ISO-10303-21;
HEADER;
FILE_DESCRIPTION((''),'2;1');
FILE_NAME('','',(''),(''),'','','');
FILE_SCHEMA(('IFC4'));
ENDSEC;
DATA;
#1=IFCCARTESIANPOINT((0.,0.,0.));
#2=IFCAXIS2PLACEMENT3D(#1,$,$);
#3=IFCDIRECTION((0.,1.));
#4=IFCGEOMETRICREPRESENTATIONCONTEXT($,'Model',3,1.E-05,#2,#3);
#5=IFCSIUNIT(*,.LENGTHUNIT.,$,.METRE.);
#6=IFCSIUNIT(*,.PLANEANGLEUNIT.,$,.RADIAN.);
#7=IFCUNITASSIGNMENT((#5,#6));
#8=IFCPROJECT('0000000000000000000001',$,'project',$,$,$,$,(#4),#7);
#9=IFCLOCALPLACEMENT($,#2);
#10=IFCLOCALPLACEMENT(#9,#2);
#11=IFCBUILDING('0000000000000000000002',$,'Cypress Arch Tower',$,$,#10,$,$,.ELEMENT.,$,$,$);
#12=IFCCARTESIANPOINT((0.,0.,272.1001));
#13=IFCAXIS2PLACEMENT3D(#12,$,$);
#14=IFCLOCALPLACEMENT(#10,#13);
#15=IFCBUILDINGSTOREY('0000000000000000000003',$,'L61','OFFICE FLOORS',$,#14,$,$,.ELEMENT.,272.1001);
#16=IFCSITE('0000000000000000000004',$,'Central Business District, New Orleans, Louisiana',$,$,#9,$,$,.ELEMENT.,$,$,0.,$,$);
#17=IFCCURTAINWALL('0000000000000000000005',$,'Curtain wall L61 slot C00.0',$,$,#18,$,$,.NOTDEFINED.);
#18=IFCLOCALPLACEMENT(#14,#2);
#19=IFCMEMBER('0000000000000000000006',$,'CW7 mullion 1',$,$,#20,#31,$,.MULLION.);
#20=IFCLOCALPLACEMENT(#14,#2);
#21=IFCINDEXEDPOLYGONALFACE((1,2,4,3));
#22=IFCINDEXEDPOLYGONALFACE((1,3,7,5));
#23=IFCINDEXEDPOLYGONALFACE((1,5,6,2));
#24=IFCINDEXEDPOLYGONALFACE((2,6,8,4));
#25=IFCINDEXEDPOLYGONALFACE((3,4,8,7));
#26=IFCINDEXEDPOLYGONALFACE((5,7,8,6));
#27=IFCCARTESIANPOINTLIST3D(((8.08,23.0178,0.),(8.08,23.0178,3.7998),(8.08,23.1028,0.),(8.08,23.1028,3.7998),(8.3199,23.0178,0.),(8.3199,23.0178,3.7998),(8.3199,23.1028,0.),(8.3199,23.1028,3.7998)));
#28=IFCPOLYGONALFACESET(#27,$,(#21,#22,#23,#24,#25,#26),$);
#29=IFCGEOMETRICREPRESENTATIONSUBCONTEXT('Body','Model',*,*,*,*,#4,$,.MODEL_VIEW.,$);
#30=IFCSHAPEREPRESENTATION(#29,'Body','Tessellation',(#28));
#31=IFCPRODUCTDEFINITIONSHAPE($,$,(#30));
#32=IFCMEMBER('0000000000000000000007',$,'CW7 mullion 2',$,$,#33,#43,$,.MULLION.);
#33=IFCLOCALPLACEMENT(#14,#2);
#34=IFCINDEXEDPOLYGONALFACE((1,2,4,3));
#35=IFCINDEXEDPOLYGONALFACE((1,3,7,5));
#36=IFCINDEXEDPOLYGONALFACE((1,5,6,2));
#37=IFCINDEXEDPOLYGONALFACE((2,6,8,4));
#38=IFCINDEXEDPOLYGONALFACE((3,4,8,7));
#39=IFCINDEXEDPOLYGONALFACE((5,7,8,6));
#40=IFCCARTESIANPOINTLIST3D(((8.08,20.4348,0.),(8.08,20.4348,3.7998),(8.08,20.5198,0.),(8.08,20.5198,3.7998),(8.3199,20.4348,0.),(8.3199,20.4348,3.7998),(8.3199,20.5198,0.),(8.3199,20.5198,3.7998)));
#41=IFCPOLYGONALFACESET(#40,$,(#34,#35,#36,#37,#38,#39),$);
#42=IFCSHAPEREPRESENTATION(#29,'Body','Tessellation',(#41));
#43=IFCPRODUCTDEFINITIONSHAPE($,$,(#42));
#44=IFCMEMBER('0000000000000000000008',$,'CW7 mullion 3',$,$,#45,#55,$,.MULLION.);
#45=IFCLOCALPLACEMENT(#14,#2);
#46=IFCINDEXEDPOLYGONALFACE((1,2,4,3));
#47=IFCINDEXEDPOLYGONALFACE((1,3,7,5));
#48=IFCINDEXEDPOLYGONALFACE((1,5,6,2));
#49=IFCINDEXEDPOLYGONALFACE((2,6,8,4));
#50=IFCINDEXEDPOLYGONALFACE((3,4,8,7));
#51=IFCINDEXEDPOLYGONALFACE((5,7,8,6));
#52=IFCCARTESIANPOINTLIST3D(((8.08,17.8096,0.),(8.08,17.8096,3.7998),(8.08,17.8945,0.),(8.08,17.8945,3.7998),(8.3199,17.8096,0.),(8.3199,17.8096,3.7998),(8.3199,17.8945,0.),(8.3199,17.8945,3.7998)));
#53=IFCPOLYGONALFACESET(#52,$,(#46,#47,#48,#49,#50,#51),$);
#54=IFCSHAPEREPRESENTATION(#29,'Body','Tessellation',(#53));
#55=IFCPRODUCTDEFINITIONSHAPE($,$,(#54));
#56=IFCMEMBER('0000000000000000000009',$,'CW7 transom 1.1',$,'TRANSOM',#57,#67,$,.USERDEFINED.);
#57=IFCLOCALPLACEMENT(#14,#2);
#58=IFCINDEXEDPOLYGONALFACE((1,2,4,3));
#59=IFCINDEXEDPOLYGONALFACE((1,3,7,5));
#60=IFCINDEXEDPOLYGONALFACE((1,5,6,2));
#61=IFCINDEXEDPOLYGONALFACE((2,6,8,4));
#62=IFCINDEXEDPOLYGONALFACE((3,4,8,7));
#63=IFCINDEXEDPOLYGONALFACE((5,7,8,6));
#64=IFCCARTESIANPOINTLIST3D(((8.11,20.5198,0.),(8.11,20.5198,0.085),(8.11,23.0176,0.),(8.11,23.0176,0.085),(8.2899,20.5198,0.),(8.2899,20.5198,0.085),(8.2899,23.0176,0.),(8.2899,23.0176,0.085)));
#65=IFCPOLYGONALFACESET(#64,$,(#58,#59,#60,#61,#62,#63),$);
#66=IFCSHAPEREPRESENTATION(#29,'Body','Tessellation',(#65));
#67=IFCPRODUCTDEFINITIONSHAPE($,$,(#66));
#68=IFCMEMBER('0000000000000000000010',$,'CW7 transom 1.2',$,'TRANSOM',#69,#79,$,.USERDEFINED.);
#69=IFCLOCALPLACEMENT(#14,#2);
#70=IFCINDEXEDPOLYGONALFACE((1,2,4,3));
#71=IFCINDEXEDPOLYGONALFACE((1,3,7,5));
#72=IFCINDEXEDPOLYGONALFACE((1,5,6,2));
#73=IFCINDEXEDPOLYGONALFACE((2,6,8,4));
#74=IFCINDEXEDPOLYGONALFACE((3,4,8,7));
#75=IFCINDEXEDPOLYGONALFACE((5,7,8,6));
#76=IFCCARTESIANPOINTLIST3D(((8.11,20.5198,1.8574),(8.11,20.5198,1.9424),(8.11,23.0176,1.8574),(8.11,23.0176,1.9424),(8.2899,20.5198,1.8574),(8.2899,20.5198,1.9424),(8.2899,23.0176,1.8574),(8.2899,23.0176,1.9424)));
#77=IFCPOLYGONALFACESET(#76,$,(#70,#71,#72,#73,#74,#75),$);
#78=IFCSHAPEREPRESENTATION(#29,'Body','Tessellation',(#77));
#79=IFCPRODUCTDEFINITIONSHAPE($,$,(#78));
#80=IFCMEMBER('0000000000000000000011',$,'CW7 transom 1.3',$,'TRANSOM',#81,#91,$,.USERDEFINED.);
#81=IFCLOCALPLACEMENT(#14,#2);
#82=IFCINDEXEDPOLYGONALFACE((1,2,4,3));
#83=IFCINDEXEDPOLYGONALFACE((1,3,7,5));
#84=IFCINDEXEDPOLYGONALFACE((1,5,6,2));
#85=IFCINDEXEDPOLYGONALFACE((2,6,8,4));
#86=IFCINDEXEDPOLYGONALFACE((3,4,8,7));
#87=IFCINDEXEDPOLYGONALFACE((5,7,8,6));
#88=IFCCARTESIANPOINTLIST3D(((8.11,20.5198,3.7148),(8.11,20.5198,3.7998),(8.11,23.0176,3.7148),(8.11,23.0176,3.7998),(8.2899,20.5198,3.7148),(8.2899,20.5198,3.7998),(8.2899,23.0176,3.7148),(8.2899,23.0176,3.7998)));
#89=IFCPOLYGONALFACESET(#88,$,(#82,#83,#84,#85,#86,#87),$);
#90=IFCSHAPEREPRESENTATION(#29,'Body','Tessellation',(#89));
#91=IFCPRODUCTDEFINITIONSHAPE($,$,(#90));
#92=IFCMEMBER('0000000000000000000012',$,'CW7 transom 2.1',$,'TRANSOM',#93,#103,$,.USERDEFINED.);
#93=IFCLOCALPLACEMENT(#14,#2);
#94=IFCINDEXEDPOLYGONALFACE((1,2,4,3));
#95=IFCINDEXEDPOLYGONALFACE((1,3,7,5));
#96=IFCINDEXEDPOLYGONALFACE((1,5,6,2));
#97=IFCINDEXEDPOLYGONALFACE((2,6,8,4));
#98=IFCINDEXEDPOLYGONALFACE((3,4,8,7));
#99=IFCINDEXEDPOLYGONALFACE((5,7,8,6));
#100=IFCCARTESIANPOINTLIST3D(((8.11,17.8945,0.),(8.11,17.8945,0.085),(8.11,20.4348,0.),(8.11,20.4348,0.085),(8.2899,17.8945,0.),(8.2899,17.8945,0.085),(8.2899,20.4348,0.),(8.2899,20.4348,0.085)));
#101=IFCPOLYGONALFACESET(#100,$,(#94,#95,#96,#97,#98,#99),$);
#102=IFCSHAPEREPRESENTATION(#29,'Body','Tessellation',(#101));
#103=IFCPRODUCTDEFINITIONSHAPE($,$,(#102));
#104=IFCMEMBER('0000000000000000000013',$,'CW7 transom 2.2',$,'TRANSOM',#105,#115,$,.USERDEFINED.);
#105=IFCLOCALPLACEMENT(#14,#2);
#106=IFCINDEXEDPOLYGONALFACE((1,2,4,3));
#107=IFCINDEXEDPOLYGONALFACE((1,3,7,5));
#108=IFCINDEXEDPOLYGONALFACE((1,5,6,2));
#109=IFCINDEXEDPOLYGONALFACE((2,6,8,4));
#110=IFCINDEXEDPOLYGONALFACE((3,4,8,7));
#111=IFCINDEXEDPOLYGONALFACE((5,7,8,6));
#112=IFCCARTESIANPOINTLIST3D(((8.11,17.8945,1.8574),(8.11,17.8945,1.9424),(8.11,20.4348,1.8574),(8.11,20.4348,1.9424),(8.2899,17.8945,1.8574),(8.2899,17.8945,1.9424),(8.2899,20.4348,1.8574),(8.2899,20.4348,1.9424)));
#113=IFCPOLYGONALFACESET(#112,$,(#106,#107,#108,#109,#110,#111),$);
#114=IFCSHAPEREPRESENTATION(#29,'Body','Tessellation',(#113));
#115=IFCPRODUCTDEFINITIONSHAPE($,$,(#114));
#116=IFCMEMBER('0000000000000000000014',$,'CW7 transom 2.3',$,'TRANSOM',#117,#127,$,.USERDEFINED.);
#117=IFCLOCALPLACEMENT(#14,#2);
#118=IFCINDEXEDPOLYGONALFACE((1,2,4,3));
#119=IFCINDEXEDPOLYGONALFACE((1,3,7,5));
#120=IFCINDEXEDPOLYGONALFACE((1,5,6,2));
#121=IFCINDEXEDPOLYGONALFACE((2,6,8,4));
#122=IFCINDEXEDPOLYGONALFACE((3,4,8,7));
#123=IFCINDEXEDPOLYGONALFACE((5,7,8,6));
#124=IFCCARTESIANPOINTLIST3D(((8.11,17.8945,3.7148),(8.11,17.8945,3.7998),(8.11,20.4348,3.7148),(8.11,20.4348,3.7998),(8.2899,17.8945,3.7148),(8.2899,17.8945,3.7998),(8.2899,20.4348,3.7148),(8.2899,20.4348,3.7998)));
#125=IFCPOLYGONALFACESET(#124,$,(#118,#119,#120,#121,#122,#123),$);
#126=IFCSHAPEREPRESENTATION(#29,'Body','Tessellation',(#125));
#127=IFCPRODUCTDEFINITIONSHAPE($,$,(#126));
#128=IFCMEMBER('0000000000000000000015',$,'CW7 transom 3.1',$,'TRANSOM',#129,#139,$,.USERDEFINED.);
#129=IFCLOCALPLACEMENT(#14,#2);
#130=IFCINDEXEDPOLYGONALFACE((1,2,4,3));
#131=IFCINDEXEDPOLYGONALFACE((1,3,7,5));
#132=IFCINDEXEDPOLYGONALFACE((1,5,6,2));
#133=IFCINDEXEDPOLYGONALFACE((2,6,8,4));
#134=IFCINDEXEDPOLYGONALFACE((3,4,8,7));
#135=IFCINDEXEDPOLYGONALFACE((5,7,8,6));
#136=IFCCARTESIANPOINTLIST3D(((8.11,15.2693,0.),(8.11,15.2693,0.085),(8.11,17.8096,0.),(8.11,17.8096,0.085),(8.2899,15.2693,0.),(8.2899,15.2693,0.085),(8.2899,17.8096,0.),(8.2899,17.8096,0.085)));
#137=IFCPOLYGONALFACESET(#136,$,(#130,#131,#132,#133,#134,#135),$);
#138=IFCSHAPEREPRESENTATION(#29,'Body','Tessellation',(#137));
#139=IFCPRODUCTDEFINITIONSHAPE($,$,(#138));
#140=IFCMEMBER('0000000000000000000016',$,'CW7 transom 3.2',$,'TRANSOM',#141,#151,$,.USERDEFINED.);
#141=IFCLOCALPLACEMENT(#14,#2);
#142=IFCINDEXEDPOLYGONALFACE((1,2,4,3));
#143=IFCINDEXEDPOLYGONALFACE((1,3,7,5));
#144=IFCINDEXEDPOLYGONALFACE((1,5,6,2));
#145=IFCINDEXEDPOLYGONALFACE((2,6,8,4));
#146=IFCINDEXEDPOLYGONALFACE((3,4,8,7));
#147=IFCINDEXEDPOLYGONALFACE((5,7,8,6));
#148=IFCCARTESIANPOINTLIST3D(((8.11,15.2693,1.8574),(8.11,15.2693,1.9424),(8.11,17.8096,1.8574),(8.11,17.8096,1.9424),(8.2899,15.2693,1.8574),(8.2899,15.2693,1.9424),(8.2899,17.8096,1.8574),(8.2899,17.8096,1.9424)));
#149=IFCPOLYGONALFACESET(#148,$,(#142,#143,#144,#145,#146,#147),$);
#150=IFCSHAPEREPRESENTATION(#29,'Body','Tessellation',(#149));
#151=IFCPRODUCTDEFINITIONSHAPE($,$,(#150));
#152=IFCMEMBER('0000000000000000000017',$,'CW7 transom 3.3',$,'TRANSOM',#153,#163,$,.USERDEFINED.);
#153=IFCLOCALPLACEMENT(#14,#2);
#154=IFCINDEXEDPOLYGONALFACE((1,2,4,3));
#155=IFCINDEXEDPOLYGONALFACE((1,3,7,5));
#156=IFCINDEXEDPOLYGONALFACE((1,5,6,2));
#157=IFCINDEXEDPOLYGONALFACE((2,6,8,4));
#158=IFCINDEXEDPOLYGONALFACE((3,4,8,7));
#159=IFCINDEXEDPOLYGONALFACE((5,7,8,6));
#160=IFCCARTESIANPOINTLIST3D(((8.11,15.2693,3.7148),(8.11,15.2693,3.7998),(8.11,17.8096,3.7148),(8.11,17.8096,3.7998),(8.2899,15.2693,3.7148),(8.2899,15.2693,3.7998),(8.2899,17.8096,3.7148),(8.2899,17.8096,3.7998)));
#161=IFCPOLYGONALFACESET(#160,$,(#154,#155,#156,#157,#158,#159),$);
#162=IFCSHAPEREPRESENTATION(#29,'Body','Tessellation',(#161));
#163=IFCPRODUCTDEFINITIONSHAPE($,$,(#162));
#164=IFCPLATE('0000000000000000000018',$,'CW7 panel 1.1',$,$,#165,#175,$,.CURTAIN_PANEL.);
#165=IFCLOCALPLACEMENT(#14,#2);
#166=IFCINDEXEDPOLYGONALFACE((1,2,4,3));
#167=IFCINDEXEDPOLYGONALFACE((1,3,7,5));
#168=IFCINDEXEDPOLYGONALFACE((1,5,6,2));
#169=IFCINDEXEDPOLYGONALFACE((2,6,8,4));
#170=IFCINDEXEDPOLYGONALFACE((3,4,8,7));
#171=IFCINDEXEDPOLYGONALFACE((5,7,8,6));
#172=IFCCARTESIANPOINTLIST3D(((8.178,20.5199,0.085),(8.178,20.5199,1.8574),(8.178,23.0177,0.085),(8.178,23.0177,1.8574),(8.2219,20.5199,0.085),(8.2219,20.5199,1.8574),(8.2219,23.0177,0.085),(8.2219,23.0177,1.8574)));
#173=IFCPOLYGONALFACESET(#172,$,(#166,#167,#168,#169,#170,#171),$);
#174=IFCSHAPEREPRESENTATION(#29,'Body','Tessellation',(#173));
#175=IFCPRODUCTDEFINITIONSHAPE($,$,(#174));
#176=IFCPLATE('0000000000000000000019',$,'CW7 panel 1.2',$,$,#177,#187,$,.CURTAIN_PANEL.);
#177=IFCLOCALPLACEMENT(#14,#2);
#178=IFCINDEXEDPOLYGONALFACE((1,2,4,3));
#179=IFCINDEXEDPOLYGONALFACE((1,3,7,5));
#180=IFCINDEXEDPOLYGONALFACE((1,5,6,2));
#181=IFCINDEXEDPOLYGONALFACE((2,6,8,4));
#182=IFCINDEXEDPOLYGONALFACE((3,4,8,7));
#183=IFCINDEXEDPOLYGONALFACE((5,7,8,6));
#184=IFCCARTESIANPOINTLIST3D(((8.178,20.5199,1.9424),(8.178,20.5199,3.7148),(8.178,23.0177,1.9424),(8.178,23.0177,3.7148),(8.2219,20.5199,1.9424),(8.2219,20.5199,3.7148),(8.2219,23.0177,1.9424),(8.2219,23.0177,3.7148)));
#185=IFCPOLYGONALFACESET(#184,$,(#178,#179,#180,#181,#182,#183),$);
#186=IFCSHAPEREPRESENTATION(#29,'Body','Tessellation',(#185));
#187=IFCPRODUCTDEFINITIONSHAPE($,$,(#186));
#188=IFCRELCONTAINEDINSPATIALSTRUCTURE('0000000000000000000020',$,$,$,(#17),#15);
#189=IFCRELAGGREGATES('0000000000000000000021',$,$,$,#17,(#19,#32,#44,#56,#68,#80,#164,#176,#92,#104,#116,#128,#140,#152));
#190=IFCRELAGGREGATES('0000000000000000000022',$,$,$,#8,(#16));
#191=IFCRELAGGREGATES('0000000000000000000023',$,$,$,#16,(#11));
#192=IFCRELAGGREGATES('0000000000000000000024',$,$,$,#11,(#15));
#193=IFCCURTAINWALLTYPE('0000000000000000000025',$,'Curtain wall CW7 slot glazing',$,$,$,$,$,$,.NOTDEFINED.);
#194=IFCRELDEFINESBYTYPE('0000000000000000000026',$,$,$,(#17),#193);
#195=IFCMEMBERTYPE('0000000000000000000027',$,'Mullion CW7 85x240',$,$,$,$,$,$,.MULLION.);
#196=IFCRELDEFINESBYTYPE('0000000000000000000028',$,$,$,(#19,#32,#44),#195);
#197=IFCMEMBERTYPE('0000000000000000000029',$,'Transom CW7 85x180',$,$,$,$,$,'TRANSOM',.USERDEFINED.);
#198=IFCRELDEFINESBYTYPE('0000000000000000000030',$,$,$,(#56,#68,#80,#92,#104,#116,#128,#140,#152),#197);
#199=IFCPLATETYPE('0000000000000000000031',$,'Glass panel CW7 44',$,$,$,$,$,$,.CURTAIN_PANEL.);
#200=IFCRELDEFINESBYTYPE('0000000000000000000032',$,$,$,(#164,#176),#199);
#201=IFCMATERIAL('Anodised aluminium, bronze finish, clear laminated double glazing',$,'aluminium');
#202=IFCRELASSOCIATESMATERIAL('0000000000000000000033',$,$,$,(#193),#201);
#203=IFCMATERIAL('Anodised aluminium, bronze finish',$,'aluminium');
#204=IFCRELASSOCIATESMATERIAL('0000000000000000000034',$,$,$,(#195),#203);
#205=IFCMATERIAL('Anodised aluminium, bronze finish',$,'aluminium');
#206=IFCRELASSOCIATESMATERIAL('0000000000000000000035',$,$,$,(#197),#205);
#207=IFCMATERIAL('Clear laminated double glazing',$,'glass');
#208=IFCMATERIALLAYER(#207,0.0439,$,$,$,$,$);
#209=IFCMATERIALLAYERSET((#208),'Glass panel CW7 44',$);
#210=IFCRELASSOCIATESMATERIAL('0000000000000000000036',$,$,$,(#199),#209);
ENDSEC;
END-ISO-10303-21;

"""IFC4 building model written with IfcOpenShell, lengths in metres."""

from ifc_helpers import new_model, si_unit, direction, frame, origin, origin_2d, place, context, subcontext, project, spatial, rectangle, extrude, material, layer, layer_set, material_profile, profile_set, type_object, element, aggregate, save


model = new_model("IFC4")

# Units and contexts
model_context = context("Model", 3, precision=1e-05, world=origin(), true_north=direction((0.0, 1.0)))
body_context = subcontext(model_context, "Body", "Model", "MODEL_VIEW")
ifc_project = project(units=[si_unit("LENGTHUNIT", "METRE"), si_unit("PLANEANGLEUNIT", "RADIAN")], contexts=[model_context])

# Site, building, storey
site_placement = place(None, origin())
site = spatial("IfcSite", under=ifc_project, at=site_placement, Name="Central Business District, New Orleans, Louisiana", CompositionType="ELEMENT", RefElevation=0.0)
building_placement = place(site_placement, origin())
building = spatial("IfcBuilding", under=site, at=building_placement, Name="Cypress Arch Tower", CompositionType="ELEMENT")
storey_placement = place(building_placement, frame((0.0, 0.0, 272.1001)))
storey = spatial("IfcBuildingStorey", under=building, at=storey_placement, Name="L61", Description="OFFICE FLOORS", CompositionType="ELEMENT", Elevation=272.1001)

# Curtain wall, members, plates
ifc_material_1 = material(Name="Anodised aluminium, bronze finish, clear laminated double glazing", Category="aluminium")
curtain_wall_type = type_object("IfcCurtainWallType", Name="Curtain wall CW7 slot glazing", PredefinedType="NOTDEFINED", material=ifc_material_1)
curtain_wall_placement = place(storey_placement, origin())
curtain_wall = element("IfcCurtainWall", 1, at=curtain_wall_placement, inside=storey, type_object=curtain_wall_type, Name="Curtain wall L61 slot C00.0", PredefinedType="NOTDEFINED")
ifc_material_2 = material(Name="Anodised aluminium, bronze finish", Category="aluminium")
ifc_material_profile_1 = material_profile(ifc_material_2, rectangle(XDim=0.24, YDim=0.085, at=origin_2d()), Name="Mullion 85x240")
ifc_profile_set_1 = profile_set([ifc_material_profile_1], Name="Anodised aluminium, bronze finish")
member_type_1 = type_object("IfcMemberType", Name="Mullion CW7 85x240", PredefinedType="MULLION", material=ifc_profile_set_1)
member_1_placement = place(storey_placement, frame((8.2, 23.0603, 0.0), z_axis=(0.0, 0.0, 1.0), x_axis=(1.0, 0.0, 0.0)))
member_1 = element("IfcMember", 2, at=member_1_placement, type_object=member_type_1, Name="CW7 mullion 1", PredefinedType="MULLION", context=body_context, shape_type="SweptSolid", body=[
    extrude(rectangle(XDim=0.24, YDim=0.085, at=origin_2d()), origin(), (0.0, 0.0, 1.0), 3.7998),
])
member_2_placement = place(storey_placement, frame((8.2, 20.4773, 0.0), z_axis=(0.0, 0.0, 1.0), x_axis=(1.0, 0.0, 0.0)))
member_2 = element("IfcMember", 3, at=member_2_placement, type_object=member_type_1, Name="CW7 mullion 2", PredefinedType="MULLION", context=body_context, shape_type="SweptSolid", body=[
    extrude(rectangle(XDim=0.24, YDim=0.085, at=origin_2d()), origin(), (0.0, 0.0, 1.0), 3.7998),
])
member_3_placement = place(storey_placement, frame((8.2, 17.8521, 0.0), z_axis=(0.0, 0.0, 1.0), x_axis=(1.0, 0.0, 0.0)))
member_3 = element("IfcMember", 4, at=member_3_placement, type_object=member_type_1, Name="CW7 mullion 3", PredefinedType="MULLION", context=body_context, shape_type="SweptSolid", body=[
    extrude(rectangle(XDim=0.24, YDim=0.085, at=origin_2d()), origin(), (0.0, 0.0, 1.0), 3.7998),
])
ifc_material_3 = material(Name="Anodised aluminium, bronze finish", Category="aluminium")
ifc_material_profile_2 = material_profile(ifc_material_3, rectangle(XDim=0.1799, YDim=0.085, at=origin_2d()), Name="Transom 85x180")
ifc_profile_set_2 = profile_set([ifc_material_profile_2], Name="Anodised aluminium, bronze finish")
member_type_2 = type_object("IfcMemberType", Name="Transom CW7 85x180", ElementType="TRANSOM", PredefinedType="USERDEFINED", material=ifc_profile_set_2)
member_4_placement = place(storey_placement, frame((8.2, 23.0176, 0.0425), z_axis=(0.0, -1.0, 0.0), x_axis=(1.0, 0.0, 0.0)))
member_4 = element("IfcMember", 5, at=member_4_placement, type_object=member_type_2, Name="CW7 transom 1.1", ObjectType="TRANSOM", PredefinedType="USERDEFINED", context=body_context, shape_type="SweptSolid", body=[
    extrude(rectangle(XDim=0.1799, YDim=0.085, at=origin_2d()), origin(), (0.0, 0.0, 1.0), 2.4978),
])
member_5_placement = place(storey_placement, frame((8.2, 23.0176, 1.8999), z_axis=(0.0, -1.0, 0.0), x_axis=(1.0, 0.0, 0.0)))
member_5 = element("IfcMember", 6, at=member_5_placement, type_object=member_type_2, Name="CW7 transom 1.2", ObjectType="TRANSOM", PredefinedType="USERDEFINED", context=body_context, shape_type="SweptSolid", body=[
    extrude(rectangle(XDim=0.1799, YDim=0.085, at=origin_2d()), origin(), (0.0, 0.0, 1.0), 2.4978),
])
member_6_placement = place(storey_placement, frame((8.2, 23.0176, 3.7573), z_axis=(0.0, -1.0, 0.0), x_axis=(1.0, 0.0, 0.0)))
member_6 = element("IfcMember", 7, at=member_6_placement, type_object=member_type_2, Name="CW7 transom 1.3", ObjectType="TRANSOM", PredefinedType="USERDEFINED", context=body_context, shape_type="SweptSolid", body=[
    extrude(rectangle(XDim=0.1799, YDim=0.085, at=origin_2d()), origin(), (0.0, 0.0, 1.0), 2.4978),
])
member_7_placement = place(storey_placement, frame((8.2, 20.4348, 0.0425), z_axis=(0.0, -1.0, 0.0), x_axis=(1.0, 0.0, 0.0)))
member_7 = element("IfcMember", 8, at=member_7_placement, type_object=member_type_2, Name="CW7 transom 2.1", ObjectType="TRANSOM", PredefinedType="USERDEFINED", context=body_context, shape_type="SweptSolid", body=[
    extrude(rectangle(XDim=0.1799, YDim=0.085, at=origin_2d()), origin(), (0.0, 0.0, 1.0), 2.5403),
])
member_8_placement = place(storey_placement, frame((8.2, 20.4348, 1.8999), z_axis=(0.0, -1.0, 0.0), x_axis=(1.0, 0.0, 0.0)))
member_8 = element("IfcMember", 9, at=member_8_placement, type_object=member_type_2, Name="CW7 transom 2.2", ObjectType="TRANSOM", PredefinedType="USERDEFINED", context=body_context, shape_type="SweptSolid", body=[
    extrude(rectangle(XDim=0.1799, YDim=0.085, at=origin_2d()), origin(), (0.0, 0.0, 1.0), 2.5403),
])
member_9_placement = place(storey_placement, frame((8.2, 20.4348, 3.7573), z_axis=(0.0, -1.0, 0.0), x_axis=(1.0, 0.0, 0.0)))
member_9 = element("IfcMember", 10, at=member_9_placement, type_object=member_type_2, Name="CW7 transom 2.3", ObjectType="TRANSOM", PredefinedType="USERDEFINED", context=body_context, shape_type="SweptSolid", body=[
    extrude(rectangle(XDim=0.1799, YDim=0.085, at=origin_2d()), origin(), (0.0, 0.0, 1.0), 2.5403),
])
member_10_placement = place(storey_placement, frame((8.2, 17.8096, 0.0425), z_axis=(0.0, -1.0, 0.0), x_axis=(1.0, 0.0, 0.0)))
member_10 = element("IfcMember", 11, at=member_10_placement, type_object=member_type_2, Name="CW7 transom 3.1", ObjectType="TRANSOM", PredefinedType="USERDEFINED", context=body_context, shape_type="SweptSolid", body=[
    extrude(rectangle(XDim=0.1799, YDim=0.085, at=origin_2d()), origin(), (0.0, 0.0, 1.0), 2.5403),
])
member_11_placement = place(storey_placement, frame((8.2, 17.8096, 1.8999), z_axis=(0.0, -1.0, 0.0), x_axis=(1.0, 0.0, 0.0)))
member_11 = element("IfcMember", 12, at=member_11_placement, type_object=member_type_2, Name="CW7 transom 3.2", ObjectType="TRANSOM", PredefinedType="USERDEFINED", context=body_context, shape_type="SweptSolid", body=[
    extrude(rectangle(XDim=0.1799, YDim=0.085, at=origin_2d()), origin(), (0.0, 0.0, 1.0), 2.5403),
])
member_12_placement = place(storey_placement, frame((8.2, 17.8096, 3.7573), z_axis=(0.0, -1.0, 0.0), x_axis=(1.0, 0.0, 0.0)))
member_12 = element("IfcMember", 13, at=member_12_placement, type_object=member_type_2, Name="CW7 transom 3.3", ObjectType="TRANSOM", PredefinedType="USERDEFINED", context=body_context, shape_type="SweptSolid", body=[
    extrude(rectangle(XDim=0.1799, YDim=0.085, at=origin_2d()), origin(), (0.0, 0.0, 1.0), 2.5403),
])
ifc_material_4 = material(Name="Clear laminated double glazing", Category="glass")
ifc_layer = layer(ifc_material_4, 0.0439)
ifc_layer_set = layer_set([ifc_layer], Name="Glass panel CW7 44")
plate_type = type_object("IfcPlateType", Name="Glass panel CW7 44", PredefinedType="CURTAIN_PANEL", material=ifc_layer_set)
plate_1_placement = place(storey_placement, frame((8.2, 21.7688, 0.085), z_axis=(0.0, 0.0, 1.0), x_axis=(0.0, -1.0, 0.0)))
plate_1 = element("IfcPlate", 14, at=plate_1_placement, type_object=plate_type, Name="CW7 panel 1.1", PredefinedType="CURTAIN_PANEL", context=body_context, shape_type="SweptSolid", body=[
    extrude(rectangle(XDim=2.4978, YDim=0.0439, at=origin_2d()), origin(), (0.0, 0.0, 1.0), 1.7725),
])
plate_2_placement = place(storey_placement, frame((8.2, 21.7688, 1.9424), z_axis=(0.0, 0.0, 1.0), x_axis=(0.0, -1.0, 0.0)))
plate_2 = element("IfcPlate", 15, at=plate_2_placement, type_object=plate_type, Name="CW7 panel 1.2", PredefinedType="CURTAIN_PANEL", context=body_context, shape_type="SweptSolid", body=[
    extrude(rectangle(XDim=2.4978, YDim=0.0439, at=origin_2d()), origin(), (0.0, 0.0, 1.0), 1.7725),
])
aggregate(curtain_wall, [member_1, member_2, member_3, member_4, member_5, member_6, plate_1, plate_2, member_7, member_8, member_9, member_10, member_11, member_12])

save(model, "model.ifc")
